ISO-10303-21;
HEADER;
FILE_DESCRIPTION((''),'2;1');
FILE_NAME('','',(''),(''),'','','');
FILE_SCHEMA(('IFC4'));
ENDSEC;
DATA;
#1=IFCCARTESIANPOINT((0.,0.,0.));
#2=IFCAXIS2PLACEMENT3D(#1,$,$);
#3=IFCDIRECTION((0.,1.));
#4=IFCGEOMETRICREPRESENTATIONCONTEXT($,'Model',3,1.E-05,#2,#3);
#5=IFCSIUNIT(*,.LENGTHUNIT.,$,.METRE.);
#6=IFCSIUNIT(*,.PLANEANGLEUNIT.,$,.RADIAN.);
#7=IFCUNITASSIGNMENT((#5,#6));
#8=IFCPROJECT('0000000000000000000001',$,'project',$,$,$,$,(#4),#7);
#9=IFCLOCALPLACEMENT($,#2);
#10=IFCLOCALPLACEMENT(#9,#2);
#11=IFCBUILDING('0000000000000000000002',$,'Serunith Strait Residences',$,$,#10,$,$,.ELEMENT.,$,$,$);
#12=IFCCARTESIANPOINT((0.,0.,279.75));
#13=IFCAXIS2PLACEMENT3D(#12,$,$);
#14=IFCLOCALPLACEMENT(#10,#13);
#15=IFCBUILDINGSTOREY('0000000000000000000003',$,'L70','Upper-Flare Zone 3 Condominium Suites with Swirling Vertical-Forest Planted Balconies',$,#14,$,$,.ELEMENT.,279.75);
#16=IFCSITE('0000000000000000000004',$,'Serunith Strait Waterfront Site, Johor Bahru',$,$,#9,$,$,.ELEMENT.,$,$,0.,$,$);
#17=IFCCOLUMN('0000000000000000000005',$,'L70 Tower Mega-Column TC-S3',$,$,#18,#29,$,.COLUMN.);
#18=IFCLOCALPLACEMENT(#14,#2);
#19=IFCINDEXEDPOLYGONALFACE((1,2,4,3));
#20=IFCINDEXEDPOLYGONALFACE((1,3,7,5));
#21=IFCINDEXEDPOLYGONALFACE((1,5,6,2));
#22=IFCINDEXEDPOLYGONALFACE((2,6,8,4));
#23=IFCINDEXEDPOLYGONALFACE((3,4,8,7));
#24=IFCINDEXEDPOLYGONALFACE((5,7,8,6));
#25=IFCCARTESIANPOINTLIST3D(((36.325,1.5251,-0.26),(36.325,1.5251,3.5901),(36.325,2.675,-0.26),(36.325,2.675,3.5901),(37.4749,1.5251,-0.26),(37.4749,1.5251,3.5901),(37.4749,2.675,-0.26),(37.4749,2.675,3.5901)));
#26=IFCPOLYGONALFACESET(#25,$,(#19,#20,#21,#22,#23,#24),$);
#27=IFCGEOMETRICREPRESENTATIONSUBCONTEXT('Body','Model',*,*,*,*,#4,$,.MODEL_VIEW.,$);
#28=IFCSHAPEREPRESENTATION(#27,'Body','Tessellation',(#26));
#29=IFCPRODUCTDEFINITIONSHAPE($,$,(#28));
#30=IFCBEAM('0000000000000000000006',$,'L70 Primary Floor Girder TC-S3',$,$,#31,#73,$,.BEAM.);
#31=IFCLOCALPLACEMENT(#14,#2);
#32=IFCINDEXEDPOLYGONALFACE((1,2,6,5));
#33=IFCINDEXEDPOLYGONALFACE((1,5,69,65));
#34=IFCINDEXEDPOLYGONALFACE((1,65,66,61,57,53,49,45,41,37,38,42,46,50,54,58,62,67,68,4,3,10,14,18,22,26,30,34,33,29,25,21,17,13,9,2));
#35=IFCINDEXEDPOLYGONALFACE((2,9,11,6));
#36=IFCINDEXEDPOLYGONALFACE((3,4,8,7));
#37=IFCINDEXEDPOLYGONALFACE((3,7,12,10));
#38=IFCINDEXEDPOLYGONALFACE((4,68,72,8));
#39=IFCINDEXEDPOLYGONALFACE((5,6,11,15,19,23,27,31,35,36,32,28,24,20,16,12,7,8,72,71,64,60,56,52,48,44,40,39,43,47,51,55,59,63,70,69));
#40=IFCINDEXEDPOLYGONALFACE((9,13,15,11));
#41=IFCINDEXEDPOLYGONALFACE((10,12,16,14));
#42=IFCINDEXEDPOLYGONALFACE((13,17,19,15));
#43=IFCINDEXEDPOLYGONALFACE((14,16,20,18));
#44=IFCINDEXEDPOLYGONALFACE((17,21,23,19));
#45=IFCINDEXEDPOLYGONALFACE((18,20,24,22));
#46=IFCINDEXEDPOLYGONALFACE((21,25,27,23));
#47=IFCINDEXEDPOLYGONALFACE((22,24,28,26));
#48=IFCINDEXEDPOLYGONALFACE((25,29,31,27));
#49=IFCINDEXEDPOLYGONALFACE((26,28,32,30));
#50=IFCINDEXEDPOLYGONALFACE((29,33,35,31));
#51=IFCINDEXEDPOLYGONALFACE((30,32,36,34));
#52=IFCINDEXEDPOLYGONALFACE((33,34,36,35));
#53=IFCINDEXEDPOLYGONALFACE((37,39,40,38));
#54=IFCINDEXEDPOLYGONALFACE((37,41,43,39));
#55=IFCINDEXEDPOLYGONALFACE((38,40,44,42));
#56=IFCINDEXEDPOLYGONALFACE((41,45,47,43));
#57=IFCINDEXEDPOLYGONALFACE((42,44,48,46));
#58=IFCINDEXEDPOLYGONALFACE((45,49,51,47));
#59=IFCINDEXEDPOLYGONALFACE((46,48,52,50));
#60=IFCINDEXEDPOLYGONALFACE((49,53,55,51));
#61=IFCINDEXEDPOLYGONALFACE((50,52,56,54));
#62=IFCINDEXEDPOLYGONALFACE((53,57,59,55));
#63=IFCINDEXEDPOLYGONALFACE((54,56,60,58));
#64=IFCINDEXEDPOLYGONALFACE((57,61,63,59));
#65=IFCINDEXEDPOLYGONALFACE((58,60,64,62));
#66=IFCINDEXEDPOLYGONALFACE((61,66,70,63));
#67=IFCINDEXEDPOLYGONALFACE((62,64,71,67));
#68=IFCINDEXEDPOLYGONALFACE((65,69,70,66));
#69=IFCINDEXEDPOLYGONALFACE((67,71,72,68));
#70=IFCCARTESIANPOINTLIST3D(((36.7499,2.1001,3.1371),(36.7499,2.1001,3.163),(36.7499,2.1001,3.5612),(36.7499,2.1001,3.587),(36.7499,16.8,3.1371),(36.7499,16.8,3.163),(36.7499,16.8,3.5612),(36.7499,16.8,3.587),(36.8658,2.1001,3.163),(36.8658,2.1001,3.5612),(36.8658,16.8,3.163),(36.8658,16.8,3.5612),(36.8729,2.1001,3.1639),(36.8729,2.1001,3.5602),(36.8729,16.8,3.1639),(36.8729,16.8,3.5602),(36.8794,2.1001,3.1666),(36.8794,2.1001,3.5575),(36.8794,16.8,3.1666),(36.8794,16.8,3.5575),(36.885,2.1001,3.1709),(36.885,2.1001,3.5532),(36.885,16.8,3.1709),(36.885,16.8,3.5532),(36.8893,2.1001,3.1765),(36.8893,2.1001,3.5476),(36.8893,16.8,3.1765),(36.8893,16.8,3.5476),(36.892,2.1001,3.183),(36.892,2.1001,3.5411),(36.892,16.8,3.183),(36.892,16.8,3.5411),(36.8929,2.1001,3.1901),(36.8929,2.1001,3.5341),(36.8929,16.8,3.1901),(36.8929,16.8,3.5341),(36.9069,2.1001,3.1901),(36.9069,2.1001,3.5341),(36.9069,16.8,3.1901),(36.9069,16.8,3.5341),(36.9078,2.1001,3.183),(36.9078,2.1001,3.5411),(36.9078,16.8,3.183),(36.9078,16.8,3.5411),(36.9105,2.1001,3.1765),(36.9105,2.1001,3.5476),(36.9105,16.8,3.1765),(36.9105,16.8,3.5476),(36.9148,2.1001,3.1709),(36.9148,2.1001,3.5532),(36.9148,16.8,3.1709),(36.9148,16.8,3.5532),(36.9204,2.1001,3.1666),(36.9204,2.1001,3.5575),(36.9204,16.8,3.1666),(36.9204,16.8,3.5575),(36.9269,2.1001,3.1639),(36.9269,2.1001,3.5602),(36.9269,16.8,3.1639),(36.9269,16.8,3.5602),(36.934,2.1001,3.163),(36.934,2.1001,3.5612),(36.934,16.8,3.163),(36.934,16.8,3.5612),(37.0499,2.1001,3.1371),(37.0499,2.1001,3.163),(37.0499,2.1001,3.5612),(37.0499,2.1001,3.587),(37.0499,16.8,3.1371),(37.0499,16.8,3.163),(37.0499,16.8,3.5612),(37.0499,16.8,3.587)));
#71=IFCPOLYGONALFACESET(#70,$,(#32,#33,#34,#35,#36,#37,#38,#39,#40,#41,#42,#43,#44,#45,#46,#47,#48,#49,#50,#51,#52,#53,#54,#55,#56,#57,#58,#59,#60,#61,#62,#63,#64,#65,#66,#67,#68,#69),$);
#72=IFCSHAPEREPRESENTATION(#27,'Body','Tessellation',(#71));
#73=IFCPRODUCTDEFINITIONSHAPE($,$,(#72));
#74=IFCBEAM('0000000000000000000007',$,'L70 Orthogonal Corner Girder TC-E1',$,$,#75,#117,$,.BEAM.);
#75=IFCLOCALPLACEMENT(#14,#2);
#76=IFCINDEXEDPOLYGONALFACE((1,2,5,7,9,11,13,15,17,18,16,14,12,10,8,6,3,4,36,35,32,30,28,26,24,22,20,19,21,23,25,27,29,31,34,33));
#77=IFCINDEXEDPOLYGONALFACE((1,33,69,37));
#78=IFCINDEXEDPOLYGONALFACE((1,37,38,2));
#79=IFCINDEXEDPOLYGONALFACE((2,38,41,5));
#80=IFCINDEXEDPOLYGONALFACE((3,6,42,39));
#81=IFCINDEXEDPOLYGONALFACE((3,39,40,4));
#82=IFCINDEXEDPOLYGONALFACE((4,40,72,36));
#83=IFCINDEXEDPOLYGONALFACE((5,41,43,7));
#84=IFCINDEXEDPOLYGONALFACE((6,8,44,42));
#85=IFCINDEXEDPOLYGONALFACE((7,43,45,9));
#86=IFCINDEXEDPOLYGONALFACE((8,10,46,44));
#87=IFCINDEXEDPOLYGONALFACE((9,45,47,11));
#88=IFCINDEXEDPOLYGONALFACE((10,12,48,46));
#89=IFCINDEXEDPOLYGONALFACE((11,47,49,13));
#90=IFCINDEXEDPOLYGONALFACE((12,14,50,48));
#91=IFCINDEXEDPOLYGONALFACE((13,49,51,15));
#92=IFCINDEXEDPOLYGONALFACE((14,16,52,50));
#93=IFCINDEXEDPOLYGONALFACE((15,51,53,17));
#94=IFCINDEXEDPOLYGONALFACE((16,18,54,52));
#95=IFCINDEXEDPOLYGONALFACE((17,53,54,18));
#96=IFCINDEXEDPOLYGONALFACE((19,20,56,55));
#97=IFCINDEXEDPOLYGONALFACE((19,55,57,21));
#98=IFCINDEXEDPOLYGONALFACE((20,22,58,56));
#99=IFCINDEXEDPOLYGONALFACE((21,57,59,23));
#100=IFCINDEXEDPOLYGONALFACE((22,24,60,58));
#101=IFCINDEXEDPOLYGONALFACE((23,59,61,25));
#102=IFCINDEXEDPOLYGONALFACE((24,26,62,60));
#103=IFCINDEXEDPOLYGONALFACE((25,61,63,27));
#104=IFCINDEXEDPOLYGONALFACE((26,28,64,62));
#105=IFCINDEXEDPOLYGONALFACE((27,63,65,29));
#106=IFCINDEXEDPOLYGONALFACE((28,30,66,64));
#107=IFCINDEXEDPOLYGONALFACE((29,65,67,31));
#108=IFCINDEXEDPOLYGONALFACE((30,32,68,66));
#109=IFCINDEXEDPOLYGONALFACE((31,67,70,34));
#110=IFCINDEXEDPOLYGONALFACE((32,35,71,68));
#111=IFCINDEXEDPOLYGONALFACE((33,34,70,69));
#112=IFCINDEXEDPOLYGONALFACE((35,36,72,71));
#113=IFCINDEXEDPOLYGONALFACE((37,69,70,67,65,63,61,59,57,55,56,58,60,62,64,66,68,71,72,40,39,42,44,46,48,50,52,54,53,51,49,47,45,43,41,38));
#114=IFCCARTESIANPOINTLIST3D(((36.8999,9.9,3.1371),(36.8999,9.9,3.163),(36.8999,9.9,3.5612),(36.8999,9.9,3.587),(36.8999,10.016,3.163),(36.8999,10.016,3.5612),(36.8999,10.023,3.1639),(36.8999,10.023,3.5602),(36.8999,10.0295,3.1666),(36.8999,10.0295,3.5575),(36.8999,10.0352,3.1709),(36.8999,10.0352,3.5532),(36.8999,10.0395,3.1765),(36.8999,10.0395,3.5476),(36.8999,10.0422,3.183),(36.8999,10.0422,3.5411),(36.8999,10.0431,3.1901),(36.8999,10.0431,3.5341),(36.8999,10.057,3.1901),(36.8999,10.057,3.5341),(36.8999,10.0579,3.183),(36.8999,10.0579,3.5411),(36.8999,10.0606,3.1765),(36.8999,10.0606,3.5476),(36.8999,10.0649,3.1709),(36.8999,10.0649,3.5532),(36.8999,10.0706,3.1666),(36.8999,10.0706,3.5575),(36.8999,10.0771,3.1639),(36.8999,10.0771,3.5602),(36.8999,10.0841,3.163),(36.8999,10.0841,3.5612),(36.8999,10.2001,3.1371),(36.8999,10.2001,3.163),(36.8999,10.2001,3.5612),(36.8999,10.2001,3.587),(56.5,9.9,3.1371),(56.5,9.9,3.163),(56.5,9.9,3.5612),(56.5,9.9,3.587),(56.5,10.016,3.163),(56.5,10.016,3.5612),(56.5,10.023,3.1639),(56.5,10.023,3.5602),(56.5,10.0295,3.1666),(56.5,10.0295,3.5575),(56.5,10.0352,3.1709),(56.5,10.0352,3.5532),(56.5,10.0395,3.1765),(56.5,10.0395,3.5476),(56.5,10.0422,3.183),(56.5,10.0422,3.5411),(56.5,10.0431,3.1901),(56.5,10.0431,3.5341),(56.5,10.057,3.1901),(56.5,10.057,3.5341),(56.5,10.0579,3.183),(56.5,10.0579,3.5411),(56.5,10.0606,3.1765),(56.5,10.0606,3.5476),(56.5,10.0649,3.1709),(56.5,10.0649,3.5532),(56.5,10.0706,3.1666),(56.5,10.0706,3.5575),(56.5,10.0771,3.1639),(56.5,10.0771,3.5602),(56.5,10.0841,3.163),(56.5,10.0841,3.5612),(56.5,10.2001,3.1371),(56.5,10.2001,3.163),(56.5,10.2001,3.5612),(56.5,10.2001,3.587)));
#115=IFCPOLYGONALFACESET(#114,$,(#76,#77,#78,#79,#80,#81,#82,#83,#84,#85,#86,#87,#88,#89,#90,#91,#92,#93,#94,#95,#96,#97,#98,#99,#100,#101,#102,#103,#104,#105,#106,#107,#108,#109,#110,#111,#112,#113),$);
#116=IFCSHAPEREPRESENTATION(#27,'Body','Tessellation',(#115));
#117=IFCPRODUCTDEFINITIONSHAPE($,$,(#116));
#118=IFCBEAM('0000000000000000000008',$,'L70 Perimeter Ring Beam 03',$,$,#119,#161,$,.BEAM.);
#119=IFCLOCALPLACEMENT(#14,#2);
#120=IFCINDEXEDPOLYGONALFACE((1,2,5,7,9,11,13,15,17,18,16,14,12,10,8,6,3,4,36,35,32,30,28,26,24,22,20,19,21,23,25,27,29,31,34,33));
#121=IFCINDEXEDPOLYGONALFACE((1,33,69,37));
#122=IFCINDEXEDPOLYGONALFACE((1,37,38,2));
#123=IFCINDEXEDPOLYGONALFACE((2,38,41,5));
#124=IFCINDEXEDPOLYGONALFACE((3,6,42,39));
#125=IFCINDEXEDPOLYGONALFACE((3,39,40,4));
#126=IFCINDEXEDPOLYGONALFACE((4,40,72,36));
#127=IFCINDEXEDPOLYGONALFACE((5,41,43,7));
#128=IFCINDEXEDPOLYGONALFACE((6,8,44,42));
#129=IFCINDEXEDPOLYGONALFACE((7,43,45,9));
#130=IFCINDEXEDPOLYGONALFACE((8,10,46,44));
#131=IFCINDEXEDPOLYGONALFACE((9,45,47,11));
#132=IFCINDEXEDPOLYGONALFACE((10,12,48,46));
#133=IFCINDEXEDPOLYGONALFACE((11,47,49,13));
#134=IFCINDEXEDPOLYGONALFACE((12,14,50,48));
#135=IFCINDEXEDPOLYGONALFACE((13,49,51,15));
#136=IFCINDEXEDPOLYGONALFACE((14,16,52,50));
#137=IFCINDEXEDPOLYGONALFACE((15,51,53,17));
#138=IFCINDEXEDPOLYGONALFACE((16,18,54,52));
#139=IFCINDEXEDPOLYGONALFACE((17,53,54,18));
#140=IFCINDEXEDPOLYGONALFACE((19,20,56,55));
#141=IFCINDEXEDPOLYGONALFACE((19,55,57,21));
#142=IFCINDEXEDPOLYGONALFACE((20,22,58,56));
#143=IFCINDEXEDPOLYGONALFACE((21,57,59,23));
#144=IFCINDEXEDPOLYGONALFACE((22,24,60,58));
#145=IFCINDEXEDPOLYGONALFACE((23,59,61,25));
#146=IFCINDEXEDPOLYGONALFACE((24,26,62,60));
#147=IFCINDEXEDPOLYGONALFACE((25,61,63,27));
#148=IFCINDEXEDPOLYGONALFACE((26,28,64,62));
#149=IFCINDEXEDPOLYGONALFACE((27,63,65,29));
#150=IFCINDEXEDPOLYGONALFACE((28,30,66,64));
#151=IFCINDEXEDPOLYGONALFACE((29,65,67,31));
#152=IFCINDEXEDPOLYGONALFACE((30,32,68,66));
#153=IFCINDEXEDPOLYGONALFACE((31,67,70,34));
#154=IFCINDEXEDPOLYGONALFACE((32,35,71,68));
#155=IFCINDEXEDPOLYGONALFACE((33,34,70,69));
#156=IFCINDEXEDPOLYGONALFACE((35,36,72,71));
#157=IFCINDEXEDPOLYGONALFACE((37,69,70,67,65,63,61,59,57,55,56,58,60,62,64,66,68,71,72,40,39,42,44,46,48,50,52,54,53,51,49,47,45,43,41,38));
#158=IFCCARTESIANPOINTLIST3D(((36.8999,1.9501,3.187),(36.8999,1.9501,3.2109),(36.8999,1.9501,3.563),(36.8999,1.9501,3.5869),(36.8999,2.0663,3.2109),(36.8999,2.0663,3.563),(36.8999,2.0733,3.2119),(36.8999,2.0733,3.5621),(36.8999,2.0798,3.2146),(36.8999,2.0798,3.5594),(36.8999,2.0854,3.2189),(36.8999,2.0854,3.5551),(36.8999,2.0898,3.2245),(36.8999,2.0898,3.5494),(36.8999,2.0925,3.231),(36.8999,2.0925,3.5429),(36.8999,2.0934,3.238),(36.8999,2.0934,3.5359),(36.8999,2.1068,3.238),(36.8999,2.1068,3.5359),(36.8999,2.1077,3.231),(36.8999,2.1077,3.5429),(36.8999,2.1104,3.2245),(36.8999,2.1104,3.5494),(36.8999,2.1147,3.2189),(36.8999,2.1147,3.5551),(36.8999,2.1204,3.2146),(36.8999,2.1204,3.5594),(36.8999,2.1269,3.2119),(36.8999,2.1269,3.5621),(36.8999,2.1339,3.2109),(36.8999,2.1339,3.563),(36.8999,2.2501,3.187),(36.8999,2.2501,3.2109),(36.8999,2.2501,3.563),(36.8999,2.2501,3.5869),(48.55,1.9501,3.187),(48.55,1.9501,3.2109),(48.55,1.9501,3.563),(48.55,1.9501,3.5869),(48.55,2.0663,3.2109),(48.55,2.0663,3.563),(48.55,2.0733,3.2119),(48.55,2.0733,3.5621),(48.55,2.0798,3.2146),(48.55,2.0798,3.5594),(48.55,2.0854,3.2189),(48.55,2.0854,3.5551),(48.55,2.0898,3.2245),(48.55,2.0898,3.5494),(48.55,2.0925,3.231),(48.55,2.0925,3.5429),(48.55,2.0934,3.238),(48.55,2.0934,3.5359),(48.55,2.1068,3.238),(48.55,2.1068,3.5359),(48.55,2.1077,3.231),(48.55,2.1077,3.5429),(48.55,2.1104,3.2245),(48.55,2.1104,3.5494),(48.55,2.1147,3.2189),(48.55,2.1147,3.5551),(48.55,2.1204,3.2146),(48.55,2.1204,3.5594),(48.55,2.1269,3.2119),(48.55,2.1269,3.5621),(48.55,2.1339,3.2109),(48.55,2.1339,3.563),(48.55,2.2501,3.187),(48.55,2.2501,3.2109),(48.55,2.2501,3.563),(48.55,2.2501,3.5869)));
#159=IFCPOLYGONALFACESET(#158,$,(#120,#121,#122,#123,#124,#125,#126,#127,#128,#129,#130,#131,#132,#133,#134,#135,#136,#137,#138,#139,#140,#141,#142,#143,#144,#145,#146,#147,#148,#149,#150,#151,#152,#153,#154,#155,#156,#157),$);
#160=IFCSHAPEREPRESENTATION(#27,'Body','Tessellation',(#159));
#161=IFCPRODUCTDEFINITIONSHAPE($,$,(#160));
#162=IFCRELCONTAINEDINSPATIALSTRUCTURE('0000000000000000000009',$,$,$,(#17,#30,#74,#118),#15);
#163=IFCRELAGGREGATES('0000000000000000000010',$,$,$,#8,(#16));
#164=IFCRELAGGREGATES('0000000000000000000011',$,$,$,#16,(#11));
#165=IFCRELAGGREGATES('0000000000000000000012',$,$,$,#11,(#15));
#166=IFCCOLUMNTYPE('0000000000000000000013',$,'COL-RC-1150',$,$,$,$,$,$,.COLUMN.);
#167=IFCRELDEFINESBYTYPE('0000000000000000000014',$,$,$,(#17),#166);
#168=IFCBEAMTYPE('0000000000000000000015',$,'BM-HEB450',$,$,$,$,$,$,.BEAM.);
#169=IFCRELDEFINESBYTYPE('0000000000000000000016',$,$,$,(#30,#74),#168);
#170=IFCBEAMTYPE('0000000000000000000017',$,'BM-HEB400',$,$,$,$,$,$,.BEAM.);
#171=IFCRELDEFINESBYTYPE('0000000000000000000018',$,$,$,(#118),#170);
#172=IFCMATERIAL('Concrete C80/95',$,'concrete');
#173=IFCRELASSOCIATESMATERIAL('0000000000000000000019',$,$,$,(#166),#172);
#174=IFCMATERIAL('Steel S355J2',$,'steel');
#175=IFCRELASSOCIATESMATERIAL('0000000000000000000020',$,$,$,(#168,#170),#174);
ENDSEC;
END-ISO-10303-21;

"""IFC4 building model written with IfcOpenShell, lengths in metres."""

from ifc_helpers import new_model, si_unit, direction, frame, origin, origin_2d, place, context, subcontext, project, spatial, rectangle, i_section, extrude, source, transform, mapped, material, material_profile, profile_set, type_object, element, save


model = new_model("IFC4")

# Units and contexts
model_context = context("Model", 3, precision=1e-05, world=origin(), true_north=direction((0.0, 1.0)))
body_context = subcontext(model_context, "Body", "Model", "MODEL_VIEW")
ifc_project = project(units=[si_unit("LENGTHUNIT", "METRE"), si_unit("PLANEANGLEUNIT", "RADIAN")], contexts=[model_context])

# Site, building, storey
site_placement = place(None, origin())
site = spatial("IfcSite", under=ifc_project, at=site_placement, Name="Serunith Strait Waterfront Site, Johor Bahru", CompositionType="ELEMENT", RefElevation=0.0)
building_placement = place(site_placement, origin())
building = spatial("IfcBuilding", under=site, at=building_placement, Name="Serunith Strait Residences", CompositionType="ELEMENT")
storey_placement = place(building_placement, frame((0.0, 0.0, 279.75)))
storey = spatial("IfcBuildingStorey", under=building, at=storey_placement, Name="L70", Description="Upper-Flare Zone 3 Condominium Suites with Swirling Vertical-Forest Planted Balconies", CompositionType="ELEMENT", Elevation=279.75)

# Column
ifc_material_1 = material(Name="Concrete C80/95", Category="concrete")
ifc_material_profile_1 = material_profile(ifc_material_1, rectangle(XDim=1.1499, YDim=1.1499, at=origin_2d()), Name="RC 1150x1150")
ifc_profile_set_1 = profile_set([ifc_material_profile_1], Name="Concrete C80/95")
column_type = type_object("IfcColumnType", Name="COL-RC-1150", PredefinedType="COLUMN", material=ifc_profile_set_1)
shared_shape_1 = source(origin(), body_context, "Body", "SweptSolid", [
    extrude(rectangle(XDim=1.1499, YDim=1.1499, at=origin_2d()), origin(), (0.0, 0.0, 1.0), 3.8501),
])
column_placement = place(storey_placement, frame((36.8999, 2.1001, -0.26), z_axis=(0.0, 0.0, 1.0), x_axis=(1.0, 0.0, 0.0)))
element("IfcColumn", 1, at=column_placement, inside=storey, type_object=column_type, Name="L70 Tower Mega-Column TC-S3", PredefinedType="COLUMN", context=body_context, shape_type="MappedRepresentation", body=[
    mapped(shared_shape_1, transform((0.0, 0.0, 0.0), scale=1.0)),
])

# Beams
ifc_material_2 = material(Name="Steel S355J2", Category="steel")
ifc_material_profile_2 = material_profile(ifc_material_2, i_section(OverallWidth=0.3, OverallDepth=0.45, WebThickness=0.0139, FlangeThickness=0.0259, FilletRadius=0.0271, at=origin_2d()), Name="HEB 450")
ifc_profile_set_2 = profile_set([ifc_material_profile_2], Name="Steel S355J2")
beam_type_1 = type_object("IfcBeamType", Name="BM-HEB450", PredefinedType="BEAM", material=ifc_profile_set_2)
shared_shape_2 = source(origin(), body_context, "Body", "SweptSolid", [
    extrude(i_section(OverallWidth=0.3, OverallDepth=0.45, WebThickness=0.0139, FlangeThickness=0.0259, FilletRadius=0.0271, at=origin_2d()), origin(), (0.0, 0.0, 1.0), 14.7),
])
beam_1_placement = place(storey_placement, frame((36.8999, 16.8, 3.3621), z_axis=(0.0, -1.0, 0.0), x_axis=(1.0, 0.0, 0.0)))
element("IfcBeam", 2, at=beam_1_placement, inside=storey, type_object=beam_type_1, Name="L70 Primary Floor Girder TC-S3", PredefinedType="BEAM", context=body_context, shape_type="MappedRepresentation", body=[
    mapped(shared_shape_2, transform((0.0, 0.0, 0.0), scale=1.0)),
])
shared_shape_3 = source(origin(), body_context, "Body", "SweptSolid", [
    extrude(i_section(OverallWidth=0.3, OverallDepth=0.45, WebThickness=0.0139, FlangeThickness=0.0259, FilletRadius=0.0271, at=origin_2d()), origin(), (0.0, 0.0, 1.0), 19.6001),
])
beam_2_placement = place(storey_placement, frame((36.8999, 10.05, 3.3621), z_axis=(1.0, 0.0, 0.0), x_axis=(0.0, 1.0, 0.0)))
element("IfcBeam", 3, at=beam_2_placement, inside=storey, type_object=beam_type_1, Name="L70 Orthogonal Corner Girder TC-E1", PredefinedType="BEAM", context=body_context, shape_type="MappedRepresentation", body=[
    mapped(shared_shape_3, transform((0.0, 0.0, 0.0), scale=1.0)),
])
ifc_material_profile_3 = material_profile(ifc_material_2, i_section(OverallWidth=0.3, OverallDepth=0.3999, WebThickness=0.0134, FlangeThickness=0.0239, FilletRadius=0.0271, at=origin_2d()), Name="HEB 400")
ifc_profile_set_3 = profile_set([ifc_material_profile_3], Name="Steel S355J2")
beam_type_2 = type_object("IfcBeamType", Name="BM-HEB400", PredefinedType="BEAM", material=ifc_profile_set_3)
shared_shape_4 = source(origin(), body_context, "Body", "SweptSolid", [
    extrude(i_section(OverallWidth=0.3, OverallDepth=0.3999, WebThickness=0.0134, FlangeThickness=0.0239, FilletRadius=0.0271, at=origin_2d()), origin(), (0.0, 0.0, 1.0), 11.6501),
])
beam_3_placement = place(storey_placement, frame((36.8999, 2.1001, 3.387), z_axis=(1.0, 0.0, 0.0), x_axis=(0.0, 1.0, 0.0)))
element("IfcBeam", 4, at=beam_3_placement, inside=storey, type_object=beam_type_2, Name="L70 Perimeter Ring Beam 03", PredefinedType="BEAM", context=body_context, shape_type="MappedRepresentation", body=[
    mapped(shared_shape_4, transform((0.0, 0.0, 0.0), scale=1.0)),
])

save(model, "model.ifc")
